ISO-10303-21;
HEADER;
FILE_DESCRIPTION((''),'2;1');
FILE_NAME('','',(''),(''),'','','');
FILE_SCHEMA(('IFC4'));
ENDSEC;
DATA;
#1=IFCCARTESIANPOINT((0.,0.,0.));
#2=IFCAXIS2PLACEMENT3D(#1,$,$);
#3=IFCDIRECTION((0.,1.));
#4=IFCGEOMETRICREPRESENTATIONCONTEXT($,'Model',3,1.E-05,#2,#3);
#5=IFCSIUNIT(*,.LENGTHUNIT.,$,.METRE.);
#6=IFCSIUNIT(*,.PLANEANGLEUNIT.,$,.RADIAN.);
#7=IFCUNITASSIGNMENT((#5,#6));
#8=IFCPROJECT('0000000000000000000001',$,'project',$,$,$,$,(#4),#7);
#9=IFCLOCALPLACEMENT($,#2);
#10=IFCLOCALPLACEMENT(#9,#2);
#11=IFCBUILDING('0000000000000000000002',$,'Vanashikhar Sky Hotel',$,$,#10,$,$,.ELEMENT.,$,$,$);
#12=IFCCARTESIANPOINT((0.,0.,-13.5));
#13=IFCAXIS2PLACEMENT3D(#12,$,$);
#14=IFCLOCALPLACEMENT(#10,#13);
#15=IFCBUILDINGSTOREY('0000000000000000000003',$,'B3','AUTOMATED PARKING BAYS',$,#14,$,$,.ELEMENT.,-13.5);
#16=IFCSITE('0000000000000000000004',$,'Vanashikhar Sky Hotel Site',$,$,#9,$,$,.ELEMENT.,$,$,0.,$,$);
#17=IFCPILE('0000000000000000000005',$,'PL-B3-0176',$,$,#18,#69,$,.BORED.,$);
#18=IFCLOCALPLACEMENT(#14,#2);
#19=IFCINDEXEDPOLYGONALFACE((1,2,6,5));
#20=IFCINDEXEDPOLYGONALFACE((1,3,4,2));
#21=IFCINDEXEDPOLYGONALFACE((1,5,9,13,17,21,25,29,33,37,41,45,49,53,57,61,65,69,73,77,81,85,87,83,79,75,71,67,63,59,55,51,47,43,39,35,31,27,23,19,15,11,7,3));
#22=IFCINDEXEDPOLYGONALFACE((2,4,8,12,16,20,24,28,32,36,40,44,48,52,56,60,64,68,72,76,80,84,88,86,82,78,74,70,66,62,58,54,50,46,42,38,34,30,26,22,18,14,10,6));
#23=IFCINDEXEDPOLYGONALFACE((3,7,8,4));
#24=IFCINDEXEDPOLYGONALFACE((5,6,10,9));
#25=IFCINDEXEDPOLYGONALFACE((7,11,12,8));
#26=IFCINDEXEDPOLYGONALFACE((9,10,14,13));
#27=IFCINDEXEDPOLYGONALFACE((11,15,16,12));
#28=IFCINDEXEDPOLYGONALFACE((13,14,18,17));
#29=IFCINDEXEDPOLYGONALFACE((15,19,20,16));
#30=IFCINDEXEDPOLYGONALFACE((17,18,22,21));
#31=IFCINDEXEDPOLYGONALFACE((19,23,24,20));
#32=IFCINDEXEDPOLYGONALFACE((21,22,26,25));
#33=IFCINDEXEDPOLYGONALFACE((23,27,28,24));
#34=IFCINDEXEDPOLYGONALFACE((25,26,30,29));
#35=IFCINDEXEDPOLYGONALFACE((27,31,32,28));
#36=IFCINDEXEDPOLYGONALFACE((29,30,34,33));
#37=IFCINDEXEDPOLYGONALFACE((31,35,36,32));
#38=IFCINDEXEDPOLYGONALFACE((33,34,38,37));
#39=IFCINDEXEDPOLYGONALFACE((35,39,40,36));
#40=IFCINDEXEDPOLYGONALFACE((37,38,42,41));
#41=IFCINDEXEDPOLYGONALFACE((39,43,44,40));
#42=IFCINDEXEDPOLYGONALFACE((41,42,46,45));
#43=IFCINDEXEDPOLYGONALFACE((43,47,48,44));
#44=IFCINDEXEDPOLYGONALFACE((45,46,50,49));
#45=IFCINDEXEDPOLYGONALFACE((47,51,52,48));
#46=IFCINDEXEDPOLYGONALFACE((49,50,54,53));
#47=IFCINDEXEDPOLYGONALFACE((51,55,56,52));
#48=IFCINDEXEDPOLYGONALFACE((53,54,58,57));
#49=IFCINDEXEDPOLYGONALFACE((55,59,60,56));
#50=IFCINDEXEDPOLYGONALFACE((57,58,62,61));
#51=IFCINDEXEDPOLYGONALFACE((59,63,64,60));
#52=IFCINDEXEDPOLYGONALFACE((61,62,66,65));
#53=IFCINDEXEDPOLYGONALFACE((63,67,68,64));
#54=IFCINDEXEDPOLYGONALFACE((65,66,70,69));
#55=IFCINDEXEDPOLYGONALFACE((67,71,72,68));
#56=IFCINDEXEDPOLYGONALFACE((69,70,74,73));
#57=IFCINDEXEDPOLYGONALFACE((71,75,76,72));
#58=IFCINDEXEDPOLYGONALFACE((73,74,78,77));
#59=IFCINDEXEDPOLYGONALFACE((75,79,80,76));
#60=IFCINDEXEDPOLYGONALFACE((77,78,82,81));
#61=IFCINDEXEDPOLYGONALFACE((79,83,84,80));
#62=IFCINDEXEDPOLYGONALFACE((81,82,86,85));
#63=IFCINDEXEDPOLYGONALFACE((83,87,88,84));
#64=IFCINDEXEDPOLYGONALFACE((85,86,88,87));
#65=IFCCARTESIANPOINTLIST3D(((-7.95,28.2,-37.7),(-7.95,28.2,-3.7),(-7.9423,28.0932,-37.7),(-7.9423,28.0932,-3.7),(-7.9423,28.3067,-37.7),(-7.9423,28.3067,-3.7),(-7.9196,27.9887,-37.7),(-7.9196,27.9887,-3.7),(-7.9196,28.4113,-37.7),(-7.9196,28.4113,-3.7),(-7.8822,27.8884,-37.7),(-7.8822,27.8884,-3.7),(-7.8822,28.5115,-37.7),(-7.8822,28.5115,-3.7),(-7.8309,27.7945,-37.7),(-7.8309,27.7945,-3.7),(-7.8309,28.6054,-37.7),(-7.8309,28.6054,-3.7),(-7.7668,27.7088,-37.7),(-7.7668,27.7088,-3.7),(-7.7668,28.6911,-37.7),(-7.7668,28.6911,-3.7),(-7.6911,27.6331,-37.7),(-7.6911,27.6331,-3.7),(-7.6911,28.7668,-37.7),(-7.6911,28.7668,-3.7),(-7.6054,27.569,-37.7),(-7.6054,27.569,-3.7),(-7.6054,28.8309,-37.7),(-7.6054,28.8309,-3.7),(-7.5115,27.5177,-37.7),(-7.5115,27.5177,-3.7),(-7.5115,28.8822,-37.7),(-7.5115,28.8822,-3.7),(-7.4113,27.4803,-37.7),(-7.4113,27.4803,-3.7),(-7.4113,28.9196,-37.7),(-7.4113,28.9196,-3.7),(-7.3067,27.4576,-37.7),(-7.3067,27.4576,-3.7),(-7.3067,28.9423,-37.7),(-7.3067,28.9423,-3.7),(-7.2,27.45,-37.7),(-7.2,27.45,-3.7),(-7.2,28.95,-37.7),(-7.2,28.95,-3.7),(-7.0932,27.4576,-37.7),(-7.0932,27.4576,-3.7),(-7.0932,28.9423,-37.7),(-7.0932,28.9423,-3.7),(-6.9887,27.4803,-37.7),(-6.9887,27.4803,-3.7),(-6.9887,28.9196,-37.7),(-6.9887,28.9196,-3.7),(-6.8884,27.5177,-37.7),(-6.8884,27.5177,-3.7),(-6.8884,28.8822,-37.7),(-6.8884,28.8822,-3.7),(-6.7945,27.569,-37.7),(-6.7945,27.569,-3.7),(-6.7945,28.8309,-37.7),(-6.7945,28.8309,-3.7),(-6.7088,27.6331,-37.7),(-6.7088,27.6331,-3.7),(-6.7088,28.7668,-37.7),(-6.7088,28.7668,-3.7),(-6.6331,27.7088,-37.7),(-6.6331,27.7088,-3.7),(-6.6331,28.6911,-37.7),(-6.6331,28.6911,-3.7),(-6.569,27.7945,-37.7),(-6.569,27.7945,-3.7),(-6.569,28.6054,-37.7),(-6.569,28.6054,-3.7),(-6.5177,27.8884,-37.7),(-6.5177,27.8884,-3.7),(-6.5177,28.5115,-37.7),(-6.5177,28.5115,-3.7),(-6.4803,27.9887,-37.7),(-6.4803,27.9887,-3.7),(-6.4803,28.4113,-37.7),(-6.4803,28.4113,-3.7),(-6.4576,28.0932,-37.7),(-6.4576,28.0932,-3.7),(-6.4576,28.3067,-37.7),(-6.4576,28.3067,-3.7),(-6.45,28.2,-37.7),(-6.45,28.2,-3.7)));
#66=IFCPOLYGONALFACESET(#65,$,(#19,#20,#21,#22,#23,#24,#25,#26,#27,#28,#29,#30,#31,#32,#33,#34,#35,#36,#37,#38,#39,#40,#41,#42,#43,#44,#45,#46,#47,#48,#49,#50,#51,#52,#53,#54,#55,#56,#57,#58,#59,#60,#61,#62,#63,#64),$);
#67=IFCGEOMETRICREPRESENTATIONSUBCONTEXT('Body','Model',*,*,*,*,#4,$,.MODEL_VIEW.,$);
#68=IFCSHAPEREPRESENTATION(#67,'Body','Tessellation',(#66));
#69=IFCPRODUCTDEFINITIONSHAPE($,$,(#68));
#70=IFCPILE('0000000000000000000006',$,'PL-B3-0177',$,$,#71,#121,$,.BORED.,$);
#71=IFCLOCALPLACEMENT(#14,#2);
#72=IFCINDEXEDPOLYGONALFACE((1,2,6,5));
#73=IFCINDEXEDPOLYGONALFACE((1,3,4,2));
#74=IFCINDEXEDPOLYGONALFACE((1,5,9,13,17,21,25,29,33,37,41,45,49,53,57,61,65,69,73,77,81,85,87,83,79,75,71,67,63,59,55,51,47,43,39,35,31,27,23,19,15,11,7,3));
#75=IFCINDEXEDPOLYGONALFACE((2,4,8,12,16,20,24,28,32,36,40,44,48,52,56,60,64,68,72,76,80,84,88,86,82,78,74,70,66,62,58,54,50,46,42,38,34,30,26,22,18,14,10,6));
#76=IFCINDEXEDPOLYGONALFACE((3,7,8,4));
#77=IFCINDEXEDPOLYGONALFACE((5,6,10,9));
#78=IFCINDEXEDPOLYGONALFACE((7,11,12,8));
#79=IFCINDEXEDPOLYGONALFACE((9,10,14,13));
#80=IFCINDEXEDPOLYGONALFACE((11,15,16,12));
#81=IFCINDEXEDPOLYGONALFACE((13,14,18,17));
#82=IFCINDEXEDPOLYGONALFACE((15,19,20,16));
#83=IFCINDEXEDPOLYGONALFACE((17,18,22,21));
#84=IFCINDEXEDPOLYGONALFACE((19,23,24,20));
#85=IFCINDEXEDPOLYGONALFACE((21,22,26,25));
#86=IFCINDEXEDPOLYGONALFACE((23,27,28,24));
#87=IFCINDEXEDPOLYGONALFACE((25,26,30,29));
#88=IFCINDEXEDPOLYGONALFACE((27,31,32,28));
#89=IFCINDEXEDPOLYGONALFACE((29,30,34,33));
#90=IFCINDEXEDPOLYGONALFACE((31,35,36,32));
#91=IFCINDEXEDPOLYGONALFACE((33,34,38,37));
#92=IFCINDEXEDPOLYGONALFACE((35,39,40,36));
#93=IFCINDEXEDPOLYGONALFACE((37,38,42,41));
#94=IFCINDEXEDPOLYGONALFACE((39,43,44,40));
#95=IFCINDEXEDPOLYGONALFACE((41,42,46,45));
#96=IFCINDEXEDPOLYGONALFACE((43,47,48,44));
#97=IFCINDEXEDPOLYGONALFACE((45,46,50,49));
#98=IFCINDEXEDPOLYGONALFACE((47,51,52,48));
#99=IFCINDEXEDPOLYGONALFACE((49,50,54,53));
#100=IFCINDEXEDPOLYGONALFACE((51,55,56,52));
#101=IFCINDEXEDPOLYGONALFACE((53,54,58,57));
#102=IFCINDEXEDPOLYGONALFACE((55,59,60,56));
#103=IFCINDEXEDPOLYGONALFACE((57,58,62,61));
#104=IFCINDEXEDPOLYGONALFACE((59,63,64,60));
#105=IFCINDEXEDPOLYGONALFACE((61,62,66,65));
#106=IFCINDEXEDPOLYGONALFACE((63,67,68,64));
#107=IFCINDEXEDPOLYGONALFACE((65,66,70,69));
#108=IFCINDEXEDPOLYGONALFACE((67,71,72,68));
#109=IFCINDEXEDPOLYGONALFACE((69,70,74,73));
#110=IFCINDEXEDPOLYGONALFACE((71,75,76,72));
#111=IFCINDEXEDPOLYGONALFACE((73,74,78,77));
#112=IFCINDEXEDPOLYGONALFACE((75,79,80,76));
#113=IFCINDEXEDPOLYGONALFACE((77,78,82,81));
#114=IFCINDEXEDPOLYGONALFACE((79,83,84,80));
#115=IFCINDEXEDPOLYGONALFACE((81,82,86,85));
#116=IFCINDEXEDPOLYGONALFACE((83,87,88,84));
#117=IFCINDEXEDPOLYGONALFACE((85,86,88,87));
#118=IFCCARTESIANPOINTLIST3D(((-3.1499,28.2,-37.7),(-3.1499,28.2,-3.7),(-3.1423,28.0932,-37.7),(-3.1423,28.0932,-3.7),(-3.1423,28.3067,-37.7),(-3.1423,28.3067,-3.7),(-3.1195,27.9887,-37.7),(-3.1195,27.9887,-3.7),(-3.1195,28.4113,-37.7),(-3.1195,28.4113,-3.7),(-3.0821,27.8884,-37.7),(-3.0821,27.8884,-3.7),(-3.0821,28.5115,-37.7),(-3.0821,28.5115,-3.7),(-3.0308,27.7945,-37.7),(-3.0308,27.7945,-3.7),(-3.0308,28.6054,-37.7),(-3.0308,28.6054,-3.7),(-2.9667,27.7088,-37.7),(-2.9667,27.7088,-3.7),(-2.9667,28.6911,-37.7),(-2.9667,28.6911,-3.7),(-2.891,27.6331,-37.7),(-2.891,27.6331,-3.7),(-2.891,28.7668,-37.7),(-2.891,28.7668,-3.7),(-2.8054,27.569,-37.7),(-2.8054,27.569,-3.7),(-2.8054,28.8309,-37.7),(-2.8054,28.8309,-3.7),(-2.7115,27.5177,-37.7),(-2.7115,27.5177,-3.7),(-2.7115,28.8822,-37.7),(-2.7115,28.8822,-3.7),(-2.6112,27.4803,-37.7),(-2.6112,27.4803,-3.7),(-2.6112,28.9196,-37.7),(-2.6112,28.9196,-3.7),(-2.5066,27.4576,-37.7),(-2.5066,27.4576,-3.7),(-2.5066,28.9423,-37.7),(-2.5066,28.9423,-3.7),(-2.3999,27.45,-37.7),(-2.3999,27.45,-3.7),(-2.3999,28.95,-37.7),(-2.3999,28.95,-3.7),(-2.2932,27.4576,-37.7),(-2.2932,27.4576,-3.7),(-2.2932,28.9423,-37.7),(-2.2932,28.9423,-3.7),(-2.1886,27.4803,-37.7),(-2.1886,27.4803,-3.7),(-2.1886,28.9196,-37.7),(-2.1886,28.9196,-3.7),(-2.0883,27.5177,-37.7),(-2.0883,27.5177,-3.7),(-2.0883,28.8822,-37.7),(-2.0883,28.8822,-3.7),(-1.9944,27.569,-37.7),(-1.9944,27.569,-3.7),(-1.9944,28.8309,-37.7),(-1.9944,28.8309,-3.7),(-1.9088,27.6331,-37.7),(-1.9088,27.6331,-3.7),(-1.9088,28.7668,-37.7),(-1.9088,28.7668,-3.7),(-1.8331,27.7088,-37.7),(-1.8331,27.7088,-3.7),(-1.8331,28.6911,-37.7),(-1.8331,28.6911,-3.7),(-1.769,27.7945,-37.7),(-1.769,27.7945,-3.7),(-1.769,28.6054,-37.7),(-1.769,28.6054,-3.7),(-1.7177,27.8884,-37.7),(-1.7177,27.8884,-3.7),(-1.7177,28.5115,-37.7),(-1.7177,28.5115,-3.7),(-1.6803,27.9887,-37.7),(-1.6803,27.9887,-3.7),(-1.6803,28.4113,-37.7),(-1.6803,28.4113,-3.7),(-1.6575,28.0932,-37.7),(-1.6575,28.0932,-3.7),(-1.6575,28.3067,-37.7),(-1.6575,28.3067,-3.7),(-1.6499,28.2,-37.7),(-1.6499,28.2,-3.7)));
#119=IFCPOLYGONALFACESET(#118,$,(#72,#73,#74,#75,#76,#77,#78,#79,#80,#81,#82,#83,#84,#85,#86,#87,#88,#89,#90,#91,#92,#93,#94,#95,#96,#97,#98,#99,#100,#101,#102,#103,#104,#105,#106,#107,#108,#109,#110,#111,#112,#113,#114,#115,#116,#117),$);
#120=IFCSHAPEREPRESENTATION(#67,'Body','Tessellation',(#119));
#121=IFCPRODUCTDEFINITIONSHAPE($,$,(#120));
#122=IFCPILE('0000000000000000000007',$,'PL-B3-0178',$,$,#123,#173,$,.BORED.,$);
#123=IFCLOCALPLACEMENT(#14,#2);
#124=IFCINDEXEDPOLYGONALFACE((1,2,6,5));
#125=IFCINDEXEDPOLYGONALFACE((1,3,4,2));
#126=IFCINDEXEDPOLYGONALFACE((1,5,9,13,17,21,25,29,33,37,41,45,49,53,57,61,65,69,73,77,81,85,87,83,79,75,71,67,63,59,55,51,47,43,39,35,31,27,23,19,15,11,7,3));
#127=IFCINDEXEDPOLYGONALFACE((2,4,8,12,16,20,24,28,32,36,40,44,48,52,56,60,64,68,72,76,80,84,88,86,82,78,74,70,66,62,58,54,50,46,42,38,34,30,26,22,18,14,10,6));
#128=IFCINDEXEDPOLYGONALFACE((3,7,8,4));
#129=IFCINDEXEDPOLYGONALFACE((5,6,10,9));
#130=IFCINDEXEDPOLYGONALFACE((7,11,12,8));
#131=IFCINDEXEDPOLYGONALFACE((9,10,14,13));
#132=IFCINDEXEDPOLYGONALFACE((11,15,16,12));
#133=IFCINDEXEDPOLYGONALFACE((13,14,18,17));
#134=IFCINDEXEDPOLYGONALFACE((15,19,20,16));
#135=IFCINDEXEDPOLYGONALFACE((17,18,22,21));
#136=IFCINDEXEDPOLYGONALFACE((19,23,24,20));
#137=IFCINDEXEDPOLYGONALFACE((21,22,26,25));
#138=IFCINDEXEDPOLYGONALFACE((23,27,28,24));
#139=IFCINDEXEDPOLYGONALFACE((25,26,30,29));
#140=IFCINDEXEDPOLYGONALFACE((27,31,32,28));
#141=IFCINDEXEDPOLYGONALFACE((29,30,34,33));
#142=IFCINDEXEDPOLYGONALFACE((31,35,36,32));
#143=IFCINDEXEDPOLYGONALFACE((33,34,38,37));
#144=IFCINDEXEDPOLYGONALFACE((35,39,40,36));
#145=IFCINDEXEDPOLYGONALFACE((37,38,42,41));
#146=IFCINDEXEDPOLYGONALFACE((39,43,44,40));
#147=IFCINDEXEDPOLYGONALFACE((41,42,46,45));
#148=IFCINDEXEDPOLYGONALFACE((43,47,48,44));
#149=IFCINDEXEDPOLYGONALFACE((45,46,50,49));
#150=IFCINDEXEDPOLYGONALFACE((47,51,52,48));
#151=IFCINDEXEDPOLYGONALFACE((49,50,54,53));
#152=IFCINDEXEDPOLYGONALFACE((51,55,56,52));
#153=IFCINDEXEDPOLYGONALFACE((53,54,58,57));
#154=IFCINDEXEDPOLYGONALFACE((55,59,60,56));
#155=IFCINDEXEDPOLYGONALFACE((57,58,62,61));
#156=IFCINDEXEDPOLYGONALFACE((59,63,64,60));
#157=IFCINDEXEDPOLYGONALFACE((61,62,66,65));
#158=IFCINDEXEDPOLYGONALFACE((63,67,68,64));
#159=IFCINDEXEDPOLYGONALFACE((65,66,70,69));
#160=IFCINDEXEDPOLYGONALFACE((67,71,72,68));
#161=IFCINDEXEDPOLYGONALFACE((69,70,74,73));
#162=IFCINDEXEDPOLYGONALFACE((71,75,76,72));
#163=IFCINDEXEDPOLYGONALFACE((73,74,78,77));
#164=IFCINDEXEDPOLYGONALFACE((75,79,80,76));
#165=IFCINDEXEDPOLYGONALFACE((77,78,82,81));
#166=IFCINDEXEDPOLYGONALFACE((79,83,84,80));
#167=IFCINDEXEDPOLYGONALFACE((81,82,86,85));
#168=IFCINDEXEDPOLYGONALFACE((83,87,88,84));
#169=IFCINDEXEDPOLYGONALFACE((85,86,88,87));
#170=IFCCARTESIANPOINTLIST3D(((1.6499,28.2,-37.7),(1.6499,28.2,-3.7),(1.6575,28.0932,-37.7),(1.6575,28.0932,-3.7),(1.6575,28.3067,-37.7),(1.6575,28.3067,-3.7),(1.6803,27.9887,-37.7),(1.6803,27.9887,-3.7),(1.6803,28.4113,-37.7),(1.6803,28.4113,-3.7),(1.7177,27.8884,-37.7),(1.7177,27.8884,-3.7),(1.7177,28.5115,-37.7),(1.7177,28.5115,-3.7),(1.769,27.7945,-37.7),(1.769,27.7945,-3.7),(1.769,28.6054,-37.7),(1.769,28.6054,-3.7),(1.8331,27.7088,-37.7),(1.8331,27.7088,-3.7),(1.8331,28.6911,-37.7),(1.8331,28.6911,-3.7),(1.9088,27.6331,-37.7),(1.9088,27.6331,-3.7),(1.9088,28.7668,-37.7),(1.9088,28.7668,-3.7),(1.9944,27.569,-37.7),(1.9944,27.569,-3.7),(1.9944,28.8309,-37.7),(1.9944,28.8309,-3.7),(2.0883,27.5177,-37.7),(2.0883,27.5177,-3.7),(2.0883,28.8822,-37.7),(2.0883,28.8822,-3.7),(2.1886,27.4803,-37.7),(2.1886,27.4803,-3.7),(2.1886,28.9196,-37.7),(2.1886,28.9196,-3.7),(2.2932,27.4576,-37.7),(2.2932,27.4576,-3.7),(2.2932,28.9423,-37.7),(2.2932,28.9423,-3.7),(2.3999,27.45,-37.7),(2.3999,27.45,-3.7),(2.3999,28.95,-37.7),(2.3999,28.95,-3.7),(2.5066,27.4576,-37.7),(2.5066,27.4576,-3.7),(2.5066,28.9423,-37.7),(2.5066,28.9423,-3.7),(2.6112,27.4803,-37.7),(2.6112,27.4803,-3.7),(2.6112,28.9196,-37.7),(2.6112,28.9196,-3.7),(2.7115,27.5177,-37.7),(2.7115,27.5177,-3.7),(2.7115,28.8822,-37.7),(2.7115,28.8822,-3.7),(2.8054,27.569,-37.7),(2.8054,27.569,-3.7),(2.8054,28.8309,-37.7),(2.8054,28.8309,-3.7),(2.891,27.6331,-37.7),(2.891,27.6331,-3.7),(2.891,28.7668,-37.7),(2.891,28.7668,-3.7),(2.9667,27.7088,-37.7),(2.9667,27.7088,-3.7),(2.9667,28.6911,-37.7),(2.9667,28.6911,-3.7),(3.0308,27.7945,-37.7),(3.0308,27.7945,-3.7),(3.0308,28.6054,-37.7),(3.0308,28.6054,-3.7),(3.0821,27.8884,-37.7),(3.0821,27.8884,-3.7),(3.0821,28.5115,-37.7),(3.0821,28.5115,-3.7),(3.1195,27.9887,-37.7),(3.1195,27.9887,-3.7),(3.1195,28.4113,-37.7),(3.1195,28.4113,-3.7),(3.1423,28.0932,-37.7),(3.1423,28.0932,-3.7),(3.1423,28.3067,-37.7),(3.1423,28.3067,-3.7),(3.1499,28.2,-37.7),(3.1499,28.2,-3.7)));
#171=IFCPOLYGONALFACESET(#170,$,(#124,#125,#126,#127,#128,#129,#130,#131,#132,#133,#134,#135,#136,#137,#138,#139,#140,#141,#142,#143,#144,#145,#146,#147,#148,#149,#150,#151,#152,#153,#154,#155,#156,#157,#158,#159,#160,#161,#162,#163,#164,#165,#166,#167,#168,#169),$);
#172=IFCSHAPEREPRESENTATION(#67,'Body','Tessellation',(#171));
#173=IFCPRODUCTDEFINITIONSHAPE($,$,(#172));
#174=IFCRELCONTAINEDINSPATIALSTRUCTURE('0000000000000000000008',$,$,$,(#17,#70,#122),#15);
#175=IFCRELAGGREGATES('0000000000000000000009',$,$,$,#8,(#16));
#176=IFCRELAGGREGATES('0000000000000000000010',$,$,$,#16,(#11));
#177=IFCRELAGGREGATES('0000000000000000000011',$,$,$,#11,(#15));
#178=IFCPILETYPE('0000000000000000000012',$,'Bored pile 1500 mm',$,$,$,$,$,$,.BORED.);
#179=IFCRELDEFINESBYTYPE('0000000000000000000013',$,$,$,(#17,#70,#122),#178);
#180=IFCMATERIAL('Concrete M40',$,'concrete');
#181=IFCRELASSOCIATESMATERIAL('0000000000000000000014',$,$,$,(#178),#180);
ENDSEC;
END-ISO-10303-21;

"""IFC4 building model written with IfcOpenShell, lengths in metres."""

from ifc_helpers import new_model, si_unit, direction, frame, origin, origin_2d, place, context, subcontext, project, spatial, circle, extrude, source, transform, mapped, material, type_object, element, save


model = new_model("IFC4")

# Units and contexts
model_context = context("Model", 3, precision=1e-05, world=origin(), true_north=direction((0.0, 1.0)))
body_context = subcontext(model_context, "Body", "Model", "MODEL_VIEW")
ifc_project = project(units=[si_unit("LENGTHUNIT", "METRE"), si_unit("PLANEANGLEUNIT", "RADIAN")], contexts=[model_context])

# Site, building, storey
site_placement = place(None, origin())
site = spatial("IfcSite", under=ifc_project, at=site_placement, Name="Vanashikhar Sky Hotel Site", CompositionType="ELEMENT", RefElevation=0.0)
building_placement = place(site_placement, origin())
building = spatial("IfcBuilding", under=site, at=building_placement, Name="Vanashikhar Sky Hotel", CompositionType="ELEMENT")
storey_placement = place(building_placement, frame((0.0, 0.0, -13.5)))
storey = spatial("IfcBuildingStorey", under=building, at=storey_placement, Name="B3", Description="AUTOMATED PARKING BAYS", CompositionType="ELEMENT", Elevation=-13.5)

# Piles
ifc_material_1 = material(Name="Concrete M40", Category="concrete")
pile_type_1 = type_object("IfcPileType", Name="Bored pile 1500 mm", PredefinedType="BORED", material=ifc_material_1)
shared_shape_1 = source(origin(), body_context, "Body", "SweptSolid", [
    extrude(circle(Radius=0.75, at=origin_2d()), origin(), (0.0, 0.0, 1.0), 34.0),
])
for number, where, z_axis, x_axis, name in (
    (1, (-7.2, 28.2, -3.7), (0.0, 0.0, -1.0), (1.0, 0.0, 0.0), "PL-B3-0176"),
    (2, (-2.3999, 28.2, -3.7), (0.0, 0.0, -1.0), (1.0, 0.0, 0.0), "PL-B3-0177"),
    (3, (2.3999, 28.2, -3.7), (0.0, 0.0, -1.0), (1.0, 0.0, 0.0), "PL-B3-0178"),
):
    element("IfcPile", number, at=place(storey_placement, frame(where, z_axis=z_axis, x_axis=x_axis)), inside=storey, type_object=pile_type_1, Name=name, PredefinedType="BORED", context=body_context, shape_type="MappedRepresentation", body=[
        mapped(shared_shape_1, transform((0.0, 0.0, 0.0), scale=1.0)),
    ])

save(model, "model.ifc")
